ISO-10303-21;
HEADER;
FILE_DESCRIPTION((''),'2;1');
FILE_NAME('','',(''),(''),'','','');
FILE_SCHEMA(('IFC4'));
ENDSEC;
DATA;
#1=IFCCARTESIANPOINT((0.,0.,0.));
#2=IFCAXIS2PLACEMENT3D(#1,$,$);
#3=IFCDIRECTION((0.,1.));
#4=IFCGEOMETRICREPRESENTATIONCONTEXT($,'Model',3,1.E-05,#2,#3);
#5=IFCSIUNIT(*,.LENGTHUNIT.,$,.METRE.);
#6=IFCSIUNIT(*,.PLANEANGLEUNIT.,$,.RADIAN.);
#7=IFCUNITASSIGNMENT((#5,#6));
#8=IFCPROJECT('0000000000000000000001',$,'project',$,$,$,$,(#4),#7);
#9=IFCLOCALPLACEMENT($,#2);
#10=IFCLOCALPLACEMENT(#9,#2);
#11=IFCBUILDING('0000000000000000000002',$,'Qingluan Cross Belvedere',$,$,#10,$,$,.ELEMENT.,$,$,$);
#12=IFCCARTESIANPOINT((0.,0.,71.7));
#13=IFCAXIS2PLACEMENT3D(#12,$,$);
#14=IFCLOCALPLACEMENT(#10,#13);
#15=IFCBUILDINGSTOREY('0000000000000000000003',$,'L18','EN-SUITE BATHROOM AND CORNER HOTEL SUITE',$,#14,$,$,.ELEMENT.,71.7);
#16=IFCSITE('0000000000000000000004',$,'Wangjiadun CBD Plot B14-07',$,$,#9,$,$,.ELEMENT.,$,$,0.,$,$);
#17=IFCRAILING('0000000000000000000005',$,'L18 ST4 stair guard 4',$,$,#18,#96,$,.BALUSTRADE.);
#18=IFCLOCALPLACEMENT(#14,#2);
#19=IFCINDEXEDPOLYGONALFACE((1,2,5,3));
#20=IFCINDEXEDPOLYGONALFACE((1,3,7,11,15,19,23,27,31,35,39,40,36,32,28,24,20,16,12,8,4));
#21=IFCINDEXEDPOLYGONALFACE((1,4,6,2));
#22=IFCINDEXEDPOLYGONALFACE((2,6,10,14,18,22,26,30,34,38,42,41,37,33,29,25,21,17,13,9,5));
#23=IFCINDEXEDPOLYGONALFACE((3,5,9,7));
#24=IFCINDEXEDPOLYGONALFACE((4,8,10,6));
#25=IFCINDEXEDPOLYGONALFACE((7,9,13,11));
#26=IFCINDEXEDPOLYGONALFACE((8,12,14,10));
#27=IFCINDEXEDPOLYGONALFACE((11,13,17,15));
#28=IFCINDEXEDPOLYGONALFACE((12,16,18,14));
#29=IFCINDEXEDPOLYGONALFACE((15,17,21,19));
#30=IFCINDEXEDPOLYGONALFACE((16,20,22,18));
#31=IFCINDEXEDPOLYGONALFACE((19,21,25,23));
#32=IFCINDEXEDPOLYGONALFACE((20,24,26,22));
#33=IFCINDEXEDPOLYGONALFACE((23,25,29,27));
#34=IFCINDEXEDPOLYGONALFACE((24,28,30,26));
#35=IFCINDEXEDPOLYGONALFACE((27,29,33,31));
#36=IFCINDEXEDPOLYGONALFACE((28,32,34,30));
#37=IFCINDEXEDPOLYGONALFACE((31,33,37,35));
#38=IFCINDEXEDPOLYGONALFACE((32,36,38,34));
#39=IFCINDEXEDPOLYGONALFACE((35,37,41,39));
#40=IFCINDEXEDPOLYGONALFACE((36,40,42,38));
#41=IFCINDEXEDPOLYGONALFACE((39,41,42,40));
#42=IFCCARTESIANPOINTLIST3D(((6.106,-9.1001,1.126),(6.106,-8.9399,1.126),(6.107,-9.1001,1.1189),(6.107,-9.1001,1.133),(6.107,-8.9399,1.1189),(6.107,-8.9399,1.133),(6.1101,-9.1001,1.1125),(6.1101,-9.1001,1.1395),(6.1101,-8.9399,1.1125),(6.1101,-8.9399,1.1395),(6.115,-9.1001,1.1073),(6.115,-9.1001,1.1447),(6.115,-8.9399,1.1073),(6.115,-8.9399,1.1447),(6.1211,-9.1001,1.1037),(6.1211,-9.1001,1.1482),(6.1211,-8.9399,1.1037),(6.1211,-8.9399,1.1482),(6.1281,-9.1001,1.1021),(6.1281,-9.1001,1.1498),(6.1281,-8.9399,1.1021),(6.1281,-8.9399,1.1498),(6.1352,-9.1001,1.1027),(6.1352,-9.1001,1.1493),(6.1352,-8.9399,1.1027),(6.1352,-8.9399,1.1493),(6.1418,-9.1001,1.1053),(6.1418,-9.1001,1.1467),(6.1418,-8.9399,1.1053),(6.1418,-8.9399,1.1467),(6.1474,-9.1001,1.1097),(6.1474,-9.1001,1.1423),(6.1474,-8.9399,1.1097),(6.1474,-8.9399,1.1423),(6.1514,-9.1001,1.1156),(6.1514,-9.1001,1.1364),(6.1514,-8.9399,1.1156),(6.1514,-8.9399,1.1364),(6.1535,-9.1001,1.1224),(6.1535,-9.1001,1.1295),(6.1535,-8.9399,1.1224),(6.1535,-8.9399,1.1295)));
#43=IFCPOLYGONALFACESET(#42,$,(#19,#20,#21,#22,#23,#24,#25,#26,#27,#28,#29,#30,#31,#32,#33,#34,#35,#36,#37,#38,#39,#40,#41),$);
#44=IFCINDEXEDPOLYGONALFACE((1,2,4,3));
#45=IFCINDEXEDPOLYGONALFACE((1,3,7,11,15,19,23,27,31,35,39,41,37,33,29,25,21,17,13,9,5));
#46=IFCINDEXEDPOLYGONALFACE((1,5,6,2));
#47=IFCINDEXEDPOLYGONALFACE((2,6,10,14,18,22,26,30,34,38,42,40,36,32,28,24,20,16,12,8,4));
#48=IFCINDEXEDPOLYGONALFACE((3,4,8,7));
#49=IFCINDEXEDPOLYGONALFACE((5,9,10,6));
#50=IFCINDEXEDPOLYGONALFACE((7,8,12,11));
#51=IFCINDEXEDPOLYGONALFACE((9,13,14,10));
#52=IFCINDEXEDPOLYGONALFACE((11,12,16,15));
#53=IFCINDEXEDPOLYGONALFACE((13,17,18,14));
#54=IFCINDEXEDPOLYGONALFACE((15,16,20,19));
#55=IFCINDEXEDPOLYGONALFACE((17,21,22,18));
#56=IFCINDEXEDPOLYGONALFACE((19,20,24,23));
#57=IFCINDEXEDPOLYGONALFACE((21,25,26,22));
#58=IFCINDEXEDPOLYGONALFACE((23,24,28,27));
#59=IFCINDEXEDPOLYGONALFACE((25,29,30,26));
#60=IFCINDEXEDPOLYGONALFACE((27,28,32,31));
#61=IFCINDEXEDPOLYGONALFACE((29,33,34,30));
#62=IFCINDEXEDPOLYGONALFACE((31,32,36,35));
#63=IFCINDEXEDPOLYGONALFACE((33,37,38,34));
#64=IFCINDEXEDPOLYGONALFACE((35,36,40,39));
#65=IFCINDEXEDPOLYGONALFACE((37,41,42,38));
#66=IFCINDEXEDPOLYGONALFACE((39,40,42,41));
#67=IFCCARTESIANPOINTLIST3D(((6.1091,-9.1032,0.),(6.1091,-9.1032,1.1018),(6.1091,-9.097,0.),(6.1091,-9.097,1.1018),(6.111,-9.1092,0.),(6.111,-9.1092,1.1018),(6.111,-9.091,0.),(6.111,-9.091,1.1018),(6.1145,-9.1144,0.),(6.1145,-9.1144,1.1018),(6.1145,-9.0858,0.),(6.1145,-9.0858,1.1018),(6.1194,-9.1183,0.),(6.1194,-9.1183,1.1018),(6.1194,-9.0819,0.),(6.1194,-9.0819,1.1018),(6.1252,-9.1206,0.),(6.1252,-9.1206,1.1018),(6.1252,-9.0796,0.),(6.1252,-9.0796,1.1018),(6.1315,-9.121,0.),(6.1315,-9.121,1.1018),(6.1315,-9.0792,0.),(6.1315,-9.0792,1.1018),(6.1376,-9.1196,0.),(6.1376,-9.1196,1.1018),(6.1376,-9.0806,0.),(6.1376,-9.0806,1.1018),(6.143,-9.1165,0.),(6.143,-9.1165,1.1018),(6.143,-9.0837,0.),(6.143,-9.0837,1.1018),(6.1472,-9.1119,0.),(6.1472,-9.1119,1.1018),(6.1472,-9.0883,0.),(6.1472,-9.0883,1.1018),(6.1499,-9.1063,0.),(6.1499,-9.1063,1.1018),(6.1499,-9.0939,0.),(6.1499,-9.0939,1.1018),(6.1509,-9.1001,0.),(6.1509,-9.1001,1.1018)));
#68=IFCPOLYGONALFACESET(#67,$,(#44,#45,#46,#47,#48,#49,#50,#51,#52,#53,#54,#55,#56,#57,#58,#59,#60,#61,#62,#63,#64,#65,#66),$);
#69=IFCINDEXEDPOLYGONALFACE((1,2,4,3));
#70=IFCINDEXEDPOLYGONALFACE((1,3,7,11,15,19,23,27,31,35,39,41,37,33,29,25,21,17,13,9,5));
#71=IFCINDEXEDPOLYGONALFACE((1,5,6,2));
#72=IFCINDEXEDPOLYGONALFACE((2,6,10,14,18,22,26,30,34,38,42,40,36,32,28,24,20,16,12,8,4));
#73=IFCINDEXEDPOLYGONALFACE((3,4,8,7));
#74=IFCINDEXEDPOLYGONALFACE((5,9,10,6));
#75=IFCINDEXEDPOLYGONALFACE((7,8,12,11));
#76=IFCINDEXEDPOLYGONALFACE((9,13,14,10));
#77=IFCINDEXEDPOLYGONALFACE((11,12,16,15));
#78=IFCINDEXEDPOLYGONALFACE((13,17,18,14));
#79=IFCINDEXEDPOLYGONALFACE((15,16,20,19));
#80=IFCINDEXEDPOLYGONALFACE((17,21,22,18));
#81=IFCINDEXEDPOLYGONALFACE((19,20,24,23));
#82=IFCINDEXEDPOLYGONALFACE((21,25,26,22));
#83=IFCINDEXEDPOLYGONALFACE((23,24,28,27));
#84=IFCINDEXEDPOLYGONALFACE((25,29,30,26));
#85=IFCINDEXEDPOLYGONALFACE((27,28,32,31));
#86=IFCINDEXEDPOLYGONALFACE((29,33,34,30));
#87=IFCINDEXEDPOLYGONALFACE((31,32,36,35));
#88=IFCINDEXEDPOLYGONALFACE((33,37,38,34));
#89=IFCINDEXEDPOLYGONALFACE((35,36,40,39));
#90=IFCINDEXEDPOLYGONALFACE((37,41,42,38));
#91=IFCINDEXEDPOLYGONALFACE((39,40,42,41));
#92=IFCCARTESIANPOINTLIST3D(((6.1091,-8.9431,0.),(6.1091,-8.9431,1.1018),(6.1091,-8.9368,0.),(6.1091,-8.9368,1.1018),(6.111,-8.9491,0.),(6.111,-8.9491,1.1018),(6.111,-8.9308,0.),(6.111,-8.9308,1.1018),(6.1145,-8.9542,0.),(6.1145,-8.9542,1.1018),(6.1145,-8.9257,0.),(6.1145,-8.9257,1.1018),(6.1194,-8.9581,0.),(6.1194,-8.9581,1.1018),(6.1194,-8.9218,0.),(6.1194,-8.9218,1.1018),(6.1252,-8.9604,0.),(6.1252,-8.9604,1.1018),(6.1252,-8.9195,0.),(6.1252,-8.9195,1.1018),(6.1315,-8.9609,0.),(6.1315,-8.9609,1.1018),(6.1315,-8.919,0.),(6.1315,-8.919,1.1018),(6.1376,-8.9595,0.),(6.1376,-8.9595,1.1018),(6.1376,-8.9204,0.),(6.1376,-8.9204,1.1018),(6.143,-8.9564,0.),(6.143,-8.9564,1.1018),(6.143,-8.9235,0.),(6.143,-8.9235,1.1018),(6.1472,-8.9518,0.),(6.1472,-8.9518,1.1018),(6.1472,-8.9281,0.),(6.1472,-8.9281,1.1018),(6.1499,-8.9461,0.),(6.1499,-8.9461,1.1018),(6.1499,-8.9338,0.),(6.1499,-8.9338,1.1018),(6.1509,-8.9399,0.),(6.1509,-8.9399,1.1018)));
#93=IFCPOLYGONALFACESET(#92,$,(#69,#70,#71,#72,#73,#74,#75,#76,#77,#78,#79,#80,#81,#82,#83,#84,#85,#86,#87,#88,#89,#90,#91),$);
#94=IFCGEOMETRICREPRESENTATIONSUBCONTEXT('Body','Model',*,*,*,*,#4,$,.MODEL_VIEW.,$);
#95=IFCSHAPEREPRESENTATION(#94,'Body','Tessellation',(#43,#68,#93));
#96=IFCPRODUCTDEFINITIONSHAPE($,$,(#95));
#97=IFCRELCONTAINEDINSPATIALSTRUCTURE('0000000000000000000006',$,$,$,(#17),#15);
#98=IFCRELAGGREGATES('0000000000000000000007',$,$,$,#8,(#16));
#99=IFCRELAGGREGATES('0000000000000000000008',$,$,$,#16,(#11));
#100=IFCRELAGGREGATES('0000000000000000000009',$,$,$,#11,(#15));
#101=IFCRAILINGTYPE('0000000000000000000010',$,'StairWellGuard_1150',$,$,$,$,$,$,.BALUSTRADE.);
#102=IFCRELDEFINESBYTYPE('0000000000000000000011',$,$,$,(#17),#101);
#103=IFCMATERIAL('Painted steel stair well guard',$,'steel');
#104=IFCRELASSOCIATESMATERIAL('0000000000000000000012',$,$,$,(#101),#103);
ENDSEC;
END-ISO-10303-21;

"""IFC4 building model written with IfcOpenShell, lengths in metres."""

from ifc_helpers import new_model, si_unit, direction, frame, origin, origin_2d, place, context, subcontext, project, spatial, circle, extrude, material, type_object, element, save


model = new_model("IFC4")

# Units and contexts
model_context = context("Model", 3, precision=1e-05, world=origin(), true_north=direction((0.0, 1.0)))
body_context = subcontext(model_context, "Body", "Model", "MODEL_VIEW")
ifc_project = project(units=[si_unit("LENGTHUNIT", "METRE"), si_unit("PLANEANGLEUNIT", "RADIAN")], contexts=[model_context])

# Site, building, storey
site_placement = place(None, origin())
site = spatial("IfcSite", under=ifc_project, at=site_placement, Name="Wangjiadun CBD Plot B14-07", CompositionType="ELEMENT", RefElevation=0.0)
building_placement = place(site_placement, origin())
building = spatial("IfcBuilding", under=site, at=building_placement, Name="Qingluan Cross Belvedere", CompositionType="ELEMENT")
storey_placement = place(building_placement, frame((0.0, 0.0, 71.7)))
storey = spatial("IfcBuildingStorey", under=building, at=storey_placement, Name="L18", Description="EN-SUITE BATHROOM AND CORNER HOTEL SUITE", CompositionType="ELEMENT", Elevation=71.7)

# Railing
ifc_material_1 = material(Name="Painted steel stair well guard", Category="steel")
railing_type_1 = type_object("IfcRailingType", Name="StairWellGuard_1150", PredefinedType="BALUSTRADE", material=ifc_material_1)
railing_1_placement = place(storey_placement, frame((6.1299, -9.1001, 0.0)))
element("IfcRailing", 1, at=railing_1_placement, inside=storey, type_object=railing_type_1, Name="L18 ST4 stair guard 4", PredefinedType="BALUSTRADE", context=body_context, shape_type="SweptSolid", body=[
    extrude(circle(Radius=0.0239, at=origin_2d()), frame((0.0, 0.0, 1.126), z_axis=(0.0, 1.0, 0.0), x_axis=(-1.0, 0.0, 0.0)), (0.0, 0.0, 1.0), 0.1602),
    extrude(circle(Radius=0.021, at=origin_2d()), origin(), (0.0, 0.0, 1.0), 1.1018),
    extrude(circle(Radius=0.021, at=origin_2d()), frame((0.0, 0.1602, 0.0)), (0.0, 0.0, 1.0), 1.1018),
])

save(model, "model.ifc")
